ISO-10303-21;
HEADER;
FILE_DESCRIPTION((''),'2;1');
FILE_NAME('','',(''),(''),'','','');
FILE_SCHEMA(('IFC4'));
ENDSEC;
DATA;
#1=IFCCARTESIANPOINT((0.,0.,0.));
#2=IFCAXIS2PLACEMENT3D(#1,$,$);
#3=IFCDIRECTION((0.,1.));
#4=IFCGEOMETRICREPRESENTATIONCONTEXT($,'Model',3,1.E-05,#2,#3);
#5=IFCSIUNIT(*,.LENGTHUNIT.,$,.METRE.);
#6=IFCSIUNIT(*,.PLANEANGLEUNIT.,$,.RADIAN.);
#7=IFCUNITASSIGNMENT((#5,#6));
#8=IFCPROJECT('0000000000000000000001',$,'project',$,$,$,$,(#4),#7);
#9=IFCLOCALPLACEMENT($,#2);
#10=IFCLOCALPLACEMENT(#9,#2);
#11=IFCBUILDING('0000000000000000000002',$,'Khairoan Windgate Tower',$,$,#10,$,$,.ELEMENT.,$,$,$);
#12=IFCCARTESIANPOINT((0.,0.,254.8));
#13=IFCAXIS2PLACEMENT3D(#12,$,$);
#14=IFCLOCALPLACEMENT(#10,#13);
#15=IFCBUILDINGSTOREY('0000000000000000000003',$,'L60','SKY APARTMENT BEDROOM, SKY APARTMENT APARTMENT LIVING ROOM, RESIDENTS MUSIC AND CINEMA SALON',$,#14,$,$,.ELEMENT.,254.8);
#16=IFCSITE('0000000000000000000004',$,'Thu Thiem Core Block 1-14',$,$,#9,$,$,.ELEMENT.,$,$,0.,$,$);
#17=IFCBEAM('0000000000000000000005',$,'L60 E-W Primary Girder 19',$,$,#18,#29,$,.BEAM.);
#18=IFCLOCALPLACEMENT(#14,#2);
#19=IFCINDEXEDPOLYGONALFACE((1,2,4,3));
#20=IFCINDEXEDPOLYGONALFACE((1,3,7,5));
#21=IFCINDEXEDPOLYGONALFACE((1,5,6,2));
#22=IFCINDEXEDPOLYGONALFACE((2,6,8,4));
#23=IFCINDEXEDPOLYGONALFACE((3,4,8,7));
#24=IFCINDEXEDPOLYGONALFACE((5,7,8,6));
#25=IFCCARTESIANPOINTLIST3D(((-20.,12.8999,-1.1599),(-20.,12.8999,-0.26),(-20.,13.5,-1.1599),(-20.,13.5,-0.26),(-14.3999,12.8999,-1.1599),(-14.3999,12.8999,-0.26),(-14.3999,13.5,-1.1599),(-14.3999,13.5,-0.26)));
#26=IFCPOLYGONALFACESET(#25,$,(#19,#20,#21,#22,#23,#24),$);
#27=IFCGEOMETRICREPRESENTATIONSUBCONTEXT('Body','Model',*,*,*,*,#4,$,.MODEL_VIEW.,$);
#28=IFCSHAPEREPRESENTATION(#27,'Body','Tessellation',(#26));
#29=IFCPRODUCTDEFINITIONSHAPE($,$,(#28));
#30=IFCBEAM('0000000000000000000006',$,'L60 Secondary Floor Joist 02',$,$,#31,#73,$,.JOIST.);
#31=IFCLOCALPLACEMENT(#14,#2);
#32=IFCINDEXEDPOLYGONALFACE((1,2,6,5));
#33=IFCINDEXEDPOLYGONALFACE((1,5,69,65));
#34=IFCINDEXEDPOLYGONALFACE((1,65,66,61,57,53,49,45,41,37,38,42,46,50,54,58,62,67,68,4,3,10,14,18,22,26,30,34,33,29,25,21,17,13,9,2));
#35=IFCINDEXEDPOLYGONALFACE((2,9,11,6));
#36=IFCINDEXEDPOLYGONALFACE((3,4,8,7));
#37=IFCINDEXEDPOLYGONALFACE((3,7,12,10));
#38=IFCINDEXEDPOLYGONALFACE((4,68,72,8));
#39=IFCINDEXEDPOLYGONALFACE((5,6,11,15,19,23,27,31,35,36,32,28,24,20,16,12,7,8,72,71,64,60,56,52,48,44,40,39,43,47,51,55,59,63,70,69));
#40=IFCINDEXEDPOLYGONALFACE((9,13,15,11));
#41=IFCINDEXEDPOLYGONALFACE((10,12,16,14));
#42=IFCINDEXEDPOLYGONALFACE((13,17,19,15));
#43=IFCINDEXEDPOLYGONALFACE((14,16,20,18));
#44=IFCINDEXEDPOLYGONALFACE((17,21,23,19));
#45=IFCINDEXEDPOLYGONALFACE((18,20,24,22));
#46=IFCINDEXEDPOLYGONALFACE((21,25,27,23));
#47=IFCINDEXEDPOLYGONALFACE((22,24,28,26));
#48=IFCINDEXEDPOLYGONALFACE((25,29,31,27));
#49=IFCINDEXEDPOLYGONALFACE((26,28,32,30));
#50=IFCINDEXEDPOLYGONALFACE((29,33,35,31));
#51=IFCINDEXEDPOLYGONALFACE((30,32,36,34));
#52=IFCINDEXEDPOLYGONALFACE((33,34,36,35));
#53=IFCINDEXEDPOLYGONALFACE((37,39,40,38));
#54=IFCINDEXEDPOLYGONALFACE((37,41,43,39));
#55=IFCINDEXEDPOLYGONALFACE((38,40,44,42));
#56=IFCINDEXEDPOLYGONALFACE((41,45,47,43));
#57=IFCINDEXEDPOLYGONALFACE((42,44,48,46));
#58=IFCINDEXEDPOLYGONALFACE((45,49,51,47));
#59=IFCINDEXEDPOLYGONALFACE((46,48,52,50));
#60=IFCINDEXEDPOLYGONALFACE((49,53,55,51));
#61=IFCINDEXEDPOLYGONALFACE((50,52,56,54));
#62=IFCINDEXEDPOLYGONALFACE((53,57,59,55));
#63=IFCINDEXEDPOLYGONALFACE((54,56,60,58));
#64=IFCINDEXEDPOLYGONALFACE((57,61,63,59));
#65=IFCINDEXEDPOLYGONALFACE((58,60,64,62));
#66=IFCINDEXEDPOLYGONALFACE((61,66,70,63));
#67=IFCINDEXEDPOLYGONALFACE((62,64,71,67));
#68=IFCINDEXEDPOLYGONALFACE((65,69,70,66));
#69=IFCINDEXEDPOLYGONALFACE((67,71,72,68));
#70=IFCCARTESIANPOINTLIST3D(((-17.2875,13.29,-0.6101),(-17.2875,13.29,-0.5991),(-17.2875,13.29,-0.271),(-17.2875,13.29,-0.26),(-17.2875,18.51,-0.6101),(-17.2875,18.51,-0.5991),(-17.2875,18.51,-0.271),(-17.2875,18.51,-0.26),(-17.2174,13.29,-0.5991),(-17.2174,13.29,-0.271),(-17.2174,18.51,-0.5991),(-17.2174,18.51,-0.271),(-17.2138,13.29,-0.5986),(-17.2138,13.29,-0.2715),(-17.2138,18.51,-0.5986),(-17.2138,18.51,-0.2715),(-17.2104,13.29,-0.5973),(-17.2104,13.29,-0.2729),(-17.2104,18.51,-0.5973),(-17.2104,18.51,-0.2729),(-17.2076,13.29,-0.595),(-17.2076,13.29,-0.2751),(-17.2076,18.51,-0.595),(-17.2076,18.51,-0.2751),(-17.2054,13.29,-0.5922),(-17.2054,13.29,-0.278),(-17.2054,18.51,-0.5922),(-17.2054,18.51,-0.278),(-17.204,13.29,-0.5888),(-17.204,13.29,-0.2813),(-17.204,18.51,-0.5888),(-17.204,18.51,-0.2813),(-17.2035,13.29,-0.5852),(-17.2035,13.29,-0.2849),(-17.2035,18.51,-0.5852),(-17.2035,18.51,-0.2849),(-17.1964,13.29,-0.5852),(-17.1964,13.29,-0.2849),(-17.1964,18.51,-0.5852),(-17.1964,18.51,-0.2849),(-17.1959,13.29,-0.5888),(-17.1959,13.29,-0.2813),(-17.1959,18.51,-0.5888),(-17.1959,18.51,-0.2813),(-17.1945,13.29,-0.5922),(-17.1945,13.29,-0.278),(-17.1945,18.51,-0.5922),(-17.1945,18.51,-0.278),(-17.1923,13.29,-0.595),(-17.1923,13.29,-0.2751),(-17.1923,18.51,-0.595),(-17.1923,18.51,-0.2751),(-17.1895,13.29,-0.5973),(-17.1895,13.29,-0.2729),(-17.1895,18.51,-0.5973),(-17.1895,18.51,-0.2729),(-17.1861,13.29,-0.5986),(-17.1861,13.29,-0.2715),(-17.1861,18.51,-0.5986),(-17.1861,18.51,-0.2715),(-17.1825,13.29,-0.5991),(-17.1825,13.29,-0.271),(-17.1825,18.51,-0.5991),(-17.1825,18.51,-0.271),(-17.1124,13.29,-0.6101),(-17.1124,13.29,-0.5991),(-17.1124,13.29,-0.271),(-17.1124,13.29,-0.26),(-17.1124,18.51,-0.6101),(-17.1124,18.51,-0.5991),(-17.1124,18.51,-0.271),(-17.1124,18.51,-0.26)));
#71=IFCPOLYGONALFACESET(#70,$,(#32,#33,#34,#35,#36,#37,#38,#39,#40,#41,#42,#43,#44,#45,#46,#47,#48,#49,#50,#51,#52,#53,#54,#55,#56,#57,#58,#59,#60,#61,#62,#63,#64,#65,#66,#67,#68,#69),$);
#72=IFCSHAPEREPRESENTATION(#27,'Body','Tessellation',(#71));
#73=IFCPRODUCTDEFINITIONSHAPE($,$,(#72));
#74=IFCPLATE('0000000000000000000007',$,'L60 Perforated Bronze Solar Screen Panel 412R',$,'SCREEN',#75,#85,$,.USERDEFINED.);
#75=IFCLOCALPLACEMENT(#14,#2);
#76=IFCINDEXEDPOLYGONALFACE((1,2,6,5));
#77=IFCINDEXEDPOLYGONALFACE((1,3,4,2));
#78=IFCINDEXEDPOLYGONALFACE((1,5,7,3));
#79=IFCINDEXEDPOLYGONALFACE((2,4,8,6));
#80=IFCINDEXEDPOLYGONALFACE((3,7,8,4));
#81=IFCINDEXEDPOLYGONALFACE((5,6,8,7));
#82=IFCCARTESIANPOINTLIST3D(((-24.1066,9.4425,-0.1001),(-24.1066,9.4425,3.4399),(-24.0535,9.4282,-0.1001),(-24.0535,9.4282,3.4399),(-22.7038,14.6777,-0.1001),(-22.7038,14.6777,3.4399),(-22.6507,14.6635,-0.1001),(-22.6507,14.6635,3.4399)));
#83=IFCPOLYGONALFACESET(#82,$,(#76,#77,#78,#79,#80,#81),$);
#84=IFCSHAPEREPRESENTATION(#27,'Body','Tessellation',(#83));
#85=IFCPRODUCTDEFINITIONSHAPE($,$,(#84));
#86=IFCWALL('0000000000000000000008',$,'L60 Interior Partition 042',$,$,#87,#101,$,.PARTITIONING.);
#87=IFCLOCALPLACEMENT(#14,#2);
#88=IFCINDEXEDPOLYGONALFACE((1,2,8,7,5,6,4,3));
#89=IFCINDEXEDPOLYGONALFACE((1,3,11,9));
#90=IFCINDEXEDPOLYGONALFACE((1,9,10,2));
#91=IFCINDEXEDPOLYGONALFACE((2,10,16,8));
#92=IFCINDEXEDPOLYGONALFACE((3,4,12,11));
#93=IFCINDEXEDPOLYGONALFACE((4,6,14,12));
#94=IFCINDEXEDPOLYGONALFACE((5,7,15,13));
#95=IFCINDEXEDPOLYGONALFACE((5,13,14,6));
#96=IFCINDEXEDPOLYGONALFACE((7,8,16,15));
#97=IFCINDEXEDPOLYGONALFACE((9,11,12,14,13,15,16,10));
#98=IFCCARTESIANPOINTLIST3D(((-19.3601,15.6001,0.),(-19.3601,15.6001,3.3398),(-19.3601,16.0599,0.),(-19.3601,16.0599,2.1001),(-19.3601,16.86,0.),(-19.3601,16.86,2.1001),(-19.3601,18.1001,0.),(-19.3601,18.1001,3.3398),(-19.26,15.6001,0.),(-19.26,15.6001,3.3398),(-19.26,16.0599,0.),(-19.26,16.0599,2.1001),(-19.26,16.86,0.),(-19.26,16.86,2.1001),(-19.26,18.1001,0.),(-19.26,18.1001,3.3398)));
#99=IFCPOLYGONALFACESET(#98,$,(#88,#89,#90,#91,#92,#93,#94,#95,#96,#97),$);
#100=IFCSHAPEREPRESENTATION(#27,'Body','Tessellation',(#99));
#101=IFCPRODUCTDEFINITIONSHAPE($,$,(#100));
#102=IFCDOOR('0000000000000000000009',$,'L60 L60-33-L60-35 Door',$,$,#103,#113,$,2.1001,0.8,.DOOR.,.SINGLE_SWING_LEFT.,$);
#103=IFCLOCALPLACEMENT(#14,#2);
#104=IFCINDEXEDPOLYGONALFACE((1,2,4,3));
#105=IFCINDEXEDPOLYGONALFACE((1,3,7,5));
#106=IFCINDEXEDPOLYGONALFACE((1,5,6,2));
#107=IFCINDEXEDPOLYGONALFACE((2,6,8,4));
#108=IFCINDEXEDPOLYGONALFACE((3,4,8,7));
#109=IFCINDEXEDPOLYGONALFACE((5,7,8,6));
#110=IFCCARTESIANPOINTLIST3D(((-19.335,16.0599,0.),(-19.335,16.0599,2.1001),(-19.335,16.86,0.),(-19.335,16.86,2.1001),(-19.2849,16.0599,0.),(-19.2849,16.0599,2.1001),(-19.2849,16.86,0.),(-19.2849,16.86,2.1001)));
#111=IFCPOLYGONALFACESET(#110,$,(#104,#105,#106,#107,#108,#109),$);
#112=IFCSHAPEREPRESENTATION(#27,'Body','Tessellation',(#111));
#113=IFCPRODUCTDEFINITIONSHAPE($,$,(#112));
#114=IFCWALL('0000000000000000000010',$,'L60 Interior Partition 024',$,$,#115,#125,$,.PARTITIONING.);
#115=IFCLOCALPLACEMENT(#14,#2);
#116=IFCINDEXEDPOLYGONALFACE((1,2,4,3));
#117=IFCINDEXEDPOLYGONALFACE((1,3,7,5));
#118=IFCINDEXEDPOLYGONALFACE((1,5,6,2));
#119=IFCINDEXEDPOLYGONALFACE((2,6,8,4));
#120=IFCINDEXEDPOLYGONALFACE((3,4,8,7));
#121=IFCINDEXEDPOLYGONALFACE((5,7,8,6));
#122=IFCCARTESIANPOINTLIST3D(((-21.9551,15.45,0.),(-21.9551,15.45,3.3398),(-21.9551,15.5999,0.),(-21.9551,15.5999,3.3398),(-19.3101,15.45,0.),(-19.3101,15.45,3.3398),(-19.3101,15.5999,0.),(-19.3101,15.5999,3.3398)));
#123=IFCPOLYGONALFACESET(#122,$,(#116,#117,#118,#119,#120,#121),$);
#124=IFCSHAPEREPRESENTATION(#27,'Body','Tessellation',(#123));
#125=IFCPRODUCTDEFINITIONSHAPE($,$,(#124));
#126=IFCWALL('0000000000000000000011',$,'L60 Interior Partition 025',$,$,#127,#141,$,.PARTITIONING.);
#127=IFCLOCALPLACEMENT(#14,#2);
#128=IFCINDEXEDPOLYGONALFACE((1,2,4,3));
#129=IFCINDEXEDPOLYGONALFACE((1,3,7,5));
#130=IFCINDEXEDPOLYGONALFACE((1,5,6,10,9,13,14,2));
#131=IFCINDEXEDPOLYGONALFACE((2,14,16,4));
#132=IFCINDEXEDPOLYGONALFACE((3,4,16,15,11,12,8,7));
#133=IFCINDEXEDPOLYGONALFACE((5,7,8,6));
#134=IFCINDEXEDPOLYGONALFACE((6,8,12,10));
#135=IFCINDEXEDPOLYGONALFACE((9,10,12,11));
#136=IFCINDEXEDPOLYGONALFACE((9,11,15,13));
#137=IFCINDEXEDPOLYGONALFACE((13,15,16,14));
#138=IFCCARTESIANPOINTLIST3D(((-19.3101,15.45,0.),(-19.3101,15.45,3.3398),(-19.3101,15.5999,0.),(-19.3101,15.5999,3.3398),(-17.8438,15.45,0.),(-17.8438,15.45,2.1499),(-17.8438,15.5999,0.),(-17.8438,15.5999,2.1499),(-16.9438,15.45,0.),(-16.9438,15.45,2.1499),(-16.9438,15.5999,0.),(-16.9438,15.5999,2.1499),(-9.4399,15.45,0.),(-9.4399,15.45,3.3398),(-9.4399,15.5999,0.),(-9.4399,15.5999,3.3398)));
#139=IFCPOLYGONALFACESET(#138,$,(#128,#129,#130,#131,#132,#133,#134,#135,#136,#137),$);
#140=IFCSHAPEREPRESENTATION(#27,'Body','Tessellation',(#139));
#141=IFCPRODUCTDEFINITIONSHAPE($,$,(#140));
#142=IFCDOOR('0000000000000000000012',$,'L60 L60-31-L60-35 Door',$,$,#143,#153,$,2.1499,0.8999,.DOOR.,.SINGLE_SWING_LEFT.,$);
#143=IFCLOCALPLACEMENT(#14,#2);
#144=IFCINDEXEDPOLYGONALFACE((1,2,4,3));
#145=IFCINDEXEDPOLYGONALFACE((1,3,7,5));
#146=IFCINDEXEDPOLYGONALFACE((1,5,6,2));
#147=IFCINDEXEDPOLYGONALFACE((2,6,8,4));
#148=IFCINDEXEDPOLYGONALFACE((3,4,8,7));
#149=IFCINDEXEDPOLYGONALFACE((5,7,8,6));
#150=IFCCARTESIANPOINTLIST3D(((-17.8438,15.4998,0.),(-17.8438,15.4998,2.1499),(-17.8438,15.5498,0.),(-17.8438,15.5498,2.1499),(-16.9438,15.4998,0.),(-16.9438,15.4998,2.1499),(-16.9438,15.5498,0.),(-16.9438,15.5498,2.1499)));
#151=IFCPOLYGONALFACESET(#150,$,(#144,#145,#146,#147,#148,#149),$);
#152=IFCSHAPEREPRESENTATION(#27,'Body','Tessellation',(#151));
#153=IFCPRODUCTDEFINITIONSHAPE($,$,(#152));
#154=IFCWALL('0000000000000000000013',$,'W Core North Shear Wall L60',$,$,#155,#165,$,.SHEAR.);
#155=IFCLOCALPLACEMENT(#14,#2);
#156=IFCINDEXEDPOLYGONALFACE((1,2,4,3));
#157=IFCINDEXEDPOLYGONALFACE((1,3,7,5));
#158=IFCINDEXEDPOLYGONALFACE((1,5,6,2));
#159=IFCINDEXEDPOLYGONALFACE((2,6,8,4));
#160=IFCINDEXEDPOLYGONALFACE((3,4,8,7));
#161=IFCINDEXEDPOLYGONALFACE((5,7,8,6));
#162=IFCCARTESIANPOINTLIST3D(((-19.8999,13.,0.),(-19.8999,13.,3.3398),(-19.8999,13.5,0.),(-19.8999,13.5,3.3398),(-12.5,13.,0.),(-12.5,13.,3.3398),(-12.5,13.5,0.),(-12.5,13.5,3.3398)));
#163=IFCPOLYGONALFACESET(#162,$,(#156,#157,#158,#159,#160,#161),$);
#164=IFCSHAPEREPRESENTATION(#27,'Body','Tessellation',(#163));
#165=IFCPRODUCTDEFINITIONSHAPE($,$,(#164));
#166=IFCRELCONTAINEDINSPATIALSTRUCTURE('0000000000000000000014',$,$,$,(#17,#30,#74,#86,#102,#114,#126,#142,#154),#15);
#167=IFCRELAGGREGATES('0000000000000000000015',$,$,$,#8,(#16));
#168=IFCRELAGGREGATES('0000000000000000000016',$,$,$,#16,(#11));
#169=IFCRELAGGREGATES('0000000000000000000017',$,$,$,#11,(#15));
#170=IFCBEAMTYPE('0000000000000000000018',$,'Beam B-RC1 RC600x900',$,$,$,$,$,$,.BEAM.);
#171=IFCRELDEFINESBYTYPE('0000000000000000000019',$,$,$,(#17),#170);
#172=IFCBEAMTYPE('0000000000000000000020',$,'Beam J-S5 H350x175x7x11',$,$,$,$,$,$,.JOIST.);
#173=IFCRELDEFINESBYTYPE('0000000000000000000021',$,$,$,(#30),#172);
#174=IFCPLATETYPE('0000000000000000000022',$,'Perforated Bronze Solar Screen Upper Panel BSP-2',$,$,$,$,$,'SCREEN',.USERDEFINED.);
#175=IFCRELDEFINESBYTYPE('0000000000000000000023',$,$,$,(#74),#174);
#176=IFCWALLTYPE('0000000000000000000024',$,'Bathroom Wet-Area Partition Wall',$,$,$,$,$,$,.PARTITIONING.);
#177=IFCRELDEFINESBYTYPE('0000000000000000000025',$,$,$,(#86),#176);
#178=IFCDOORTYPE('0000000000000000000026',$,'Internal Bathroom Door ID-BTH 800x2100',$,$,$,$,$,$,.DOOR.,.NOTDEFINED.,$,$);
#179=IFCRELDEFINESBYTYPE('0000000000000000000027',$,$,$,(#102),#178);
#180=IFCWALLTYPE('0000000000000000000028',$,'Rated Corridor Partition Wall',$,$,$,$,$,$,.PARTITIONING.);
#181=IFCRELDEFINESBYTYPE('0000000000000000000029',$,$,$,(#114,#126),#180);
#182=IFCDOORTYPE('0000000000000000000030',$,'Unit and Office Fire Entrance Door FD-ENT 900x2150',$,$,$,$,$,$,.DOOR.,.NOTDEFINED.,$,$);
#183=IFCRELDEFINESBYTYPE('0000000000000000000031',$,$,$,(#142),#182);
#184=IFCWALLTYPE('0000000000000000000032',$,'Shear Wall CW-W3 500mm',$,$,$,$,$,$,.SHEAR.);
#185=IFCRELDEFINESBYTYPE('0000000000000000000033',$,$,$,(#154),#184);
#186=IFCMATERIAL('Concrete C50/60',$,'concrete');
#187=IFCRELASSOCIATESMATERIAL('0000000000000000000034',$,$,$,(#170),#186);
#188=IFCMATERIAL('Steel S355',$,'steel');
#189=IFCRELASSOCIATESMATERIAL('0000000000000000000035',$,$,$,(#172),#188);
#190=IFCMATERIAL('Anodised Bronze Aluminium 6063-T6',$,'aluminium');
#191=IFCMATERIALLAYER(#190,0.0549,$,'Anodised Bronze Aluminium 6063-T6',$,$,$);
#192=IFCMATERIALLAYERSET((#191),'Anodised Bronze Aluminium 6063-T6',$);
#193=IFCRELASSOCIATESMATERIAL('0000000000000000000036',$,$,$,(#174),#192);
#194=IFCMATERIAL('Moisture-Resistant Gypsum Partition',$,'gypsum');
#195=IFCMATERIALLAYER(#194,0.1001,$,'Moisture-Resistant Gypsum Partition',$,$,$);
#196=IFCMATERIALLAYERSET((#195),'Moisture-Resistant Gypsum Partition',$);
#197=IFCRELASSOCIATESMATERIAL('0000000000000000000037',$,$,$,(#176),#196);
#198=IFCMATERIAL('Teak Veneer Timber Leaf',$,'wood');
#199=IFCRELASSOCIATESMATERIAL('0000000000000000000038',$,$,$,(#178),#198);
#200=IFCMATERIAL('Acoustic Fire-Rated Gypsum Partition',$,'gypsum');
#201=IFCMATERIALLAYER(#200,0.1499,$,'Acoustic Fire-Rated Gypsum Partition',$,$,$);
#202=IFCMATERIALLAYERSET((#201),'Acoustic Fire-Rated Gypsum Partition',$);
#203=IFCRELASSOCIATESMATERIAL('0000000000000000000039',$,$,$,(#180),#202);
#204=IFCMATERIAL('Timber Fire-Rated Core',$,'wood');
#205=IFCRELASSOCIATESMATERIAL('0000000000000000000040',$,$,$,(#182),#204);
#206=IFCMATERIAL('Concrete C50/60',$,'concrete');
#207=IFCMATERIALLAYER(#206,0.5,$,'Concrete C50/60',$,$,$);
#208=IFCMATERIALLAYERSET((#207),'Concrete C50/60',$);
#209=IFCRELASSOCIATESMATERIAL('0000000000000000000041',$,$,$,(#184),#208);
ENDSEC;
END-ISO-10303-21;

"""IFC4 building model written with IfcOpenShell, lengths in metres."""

from ifc_helpers import new_model, si_unit, direction, frame, frame_2d, origin, origin_2d, place, context, subcontext, project, spatial, rectangle, i_section, extrude, material, layer, layer_set, material_profile, profile_set, type_object, element, fill, save


model = new_model("IFC4")

# Units and contexts
model_context = context("Model", 3, precision=1e-05, world=origin(), true_north=direction((0.0, 1.0)))
body_context = subcontext(model_context, "Body", "Model", "MODEL_VIEW")
ifc_project = project(units=[si_unit("LENGTHUNIT", "METRE"), si_unit("PLANEANGLEUNIT", "RADIAN")], contexts=[model_context])

# Site, building, storey
site_placement = place(None, origin())
site = spatial("IfcSite", under=ifc_project, at=site_placement, Name="Thu Thiem Core Block 1-14", CompositionType="ELEMENT", RefElevation=0.0)
building_placement = place(site_placement, origin())
building = spatial("IfcBuilding", under=site, at=building_placement, Name="Khairoan Windgate Tower", CompositionType="ELEMENT")
storey_placement = place(building_placement, frame((0.0, 0.0, 254.8)))
storey = spatial("IfcBuildingStorey", under=building, at=storey_placement, Name="L60", Description="SKY APARTMENT BEDROOM, SKY APARTMENT APARTMENT LIVING ROOM, RESIDENTS MUSIC AND CINEMA SALON", CompositionType="ELEMENT", Elevation=254.8)

# Beams
ifc_material_1 = material(Name="Concrete C50/60", Category="concrete")
ifc_material_profile_1 = material_profile(ifc_material_1, rectangle(XDim=0.6001, YDim=0.8999, at=origin_2d()))
ifc_profile_set_1 = profile_set([ifc_material_profile_1], Name="Concrete C50/60")
beam_type_1 = type_object("IfcBeamType", Name="Beam B-RC1 RC600x900", PredefinedType="BEAM", material=ifc_profile_set_1)
beam_1_placement = place(storey_placement, frame((-20.0, 13.2, -0.71), z_axis=(1.0, 0.0, 0.0), x_axis=(0.0, 1.0, 0.0)))
element("IfcBeam", 1, at=beam_1_placement, inside=storey, type_object=beam_type_1, Name="L60 E-W Primary Girder 19", PredefinedType="BEAM", context=body_context, shape_type="SweptSolid", body=[
    extrude(rectangle(XDim=0.6001, YDim=0.8999, at=origin_2d()), origin(), (0.0, 0.0, 1.0), 5.6001),
])
ifc_material_2 = material(Name="Steel S355", Category="steel")
ifc_material_profile_2 = material_profile(ifc_material_2, i_section(OverallWidth=0.175, OverallDepth=0.3501, WebThickness=0.0071, FlangeThickness=0.011, FilletRadius=0.0139, at=origin_2d()))
ifc_profile_set_2 = profile_set([ifc_material_profile_2], Name="Steel S355")
beam_type_2 = type_object("IfcBeamType", Name="Beam J-S5 H350x175x7x11", PredefinedType="JOIST", material=ifc_profile_set_2)
beam_2_placement = place(storey_placement, frame((-17.2, 13.29, -0.4351), z_axis=(0.0, 1.0, 0.0), x_axis=(-1.0, 0.0, 0.0)))
element("IfcBeam", 2, at=beam_2_placement, inside=storey, type_object=beam_type_2, Name="L60 Secondary Floor Joist 02", PredefinedType="JOIST", context=body_context, shape_type="SweptSolid", body=[
    extrude(i_section(OverallWidth=0.175, OverallDepth=0.3501, WebThickness=0.0071, FlangeThickness=0.011, FilletRadius=0.0139, at=origin_2d()), origin(), (0.0, 0.0, 1.0), 5.22),
])

# Plate
ifc_material_3 = material(Name="Anodised Bronze Aluminium 6063-T6", Category="aluminium")
ifc_layer_1 = layer(ifc_material_3, 0.0549, Name="Anodised Bronze Aluminium 6063-T6")
ifc_layer_set_1 = layer_set([ifc_layer_1], Name="Anodised Bronze Aluminium 6063-T6")
plate_type = type_object("IfcPlateType", Name="Perforated Bronze Solar Screen Upper Panel BSP-2", ElementType="SCREEN", PredefinedType="USERDEFINED", material=ifc_layer_set_1)
plate_placement = place(storey_placement, frame((-23.3787, 12.053, -0.1001), z_axis=(0.0, 0.0, 1.0), x_axis=(0.258819, 0.965926, 0.0)))
element("IfcPlate", 3, at=plate_placement, inside=storey, type_object=plate_type, Name="L60 Perforated Bronze Solar Screen Panel 412R", ObjectType="SCREEN", PredefinedType="USERDEFINED", context=body_context, shape_type="SweptSolid", body=[
    extrude(rectangle(XDim=5.4199, YDim=0.0549, at=origin_2d()), origin(), (0.0, 0.0, 1.0), 3.54),
])

# Wall, opening, door
ifc_material_4 = material(Name="Moisture-Resistant Gypsum Partition", Category="gypsum")
ifc_layer_2 = layer(ifc_material_4, 0.1001, Name="Moisture-Resistant Gypsum Partition")
ifc_layer_set_2 = layer_set([ifc_layer_2], Name="Moisture-Resistant Gypsum Partition")
wall_type_1 = type_object("IfcWallType", Name="Bathroom Wet-Area Partition Wall", PredefinedType="PARTITIONING", material=ifc_layer_set_2)
wall_1_placement = place(storey_placement, frame((-19.3101, 15.6001, 0.0), z_axis=(0.0, 0.0, 1.0), x_axis=(0.0, 1.0, 0.0)))
wall_1 = element("IfcWall", 4, at=wall_1_placement, inside=storey, type_object=wall_type_1, Name="L60 Interior Partition 042", PredefinedType="PARTITIONING", context=body_context, shape_type="SweptSolid", body=[
    extrude(rectangle(XDim=2.5, YDim=0.1001, at=frame_2d((1.25, 0.0))), origin(), (0.0, 0.0, 1.0), 3.3398),
])
opening_1_placement = place(wall_1_placement, frame((0.46, 0.0, 0.0)))
opening_1 = element("IfcOpeningElement", 5, at=opening_1_placement, cuts=wall_1, PredefinedType="OPENING", context=body_context, shape_type="SweptSolid", body=[
    extrude(rectangle(XDim=0.8, YDim=2.1001, at=frame_2d((0.3999, 1.05))), frame((0.0, 0.0601, 0.0), z_axis=(0.0, -1.0, 0.0), x_axis=(1.0, 0.0, 0.0)), (0.0, 0.0, 1.0), 0.1201),
])
ifc_material_5 = material(Name="Teak Veneer Timber Leaf", Category="wood")
door_type_1 = type_object("IfcDoorType", Name="Internal Bathroom Door ID-BTH 800x2100", OperationType="NOTDEFINED", PredefinedType="DOOR", material=ifc_material_5)
door_1_placement = place(opening_1_placement, origin())
door_1 = element("IfcDoor", 6, at=door_1_placement, inside=storey, type_object=door_type_1, Name="L60 L60-33-L60-35 Door", OperationType="SINGLE_SWING_LEFT", OverallHeight=2.1001, OverallWidth=0.8, PredefinedType="DOOR", context=body_context, shape_type="SweptSolid", body=[
    extrude(rectangle(XDim=0.8, YDim=2.1001, at=frame_2d((0.3999, 1.05))), frame((0.0, 0.0249, 0.0), z_axis=(0.0, -1.0, 0.0), x_axis=(1.0, 0.0, 0.0)), (0.0, 0.0, 1.0), 0.05),
])
fill(opening_1, door_1)

# Wall
ifc_material_6 = material(Name="Acoustic Fire-Rated Gypsum Partition", Category="gypsum")
ifc_layer_3 = layer(ifc_material_6, 0.1499, Name="Acoustic Fire-Rated Gypsum Partition")
ifc_layer_set_3 = layer_set([ifc_layer_3], Name="Acoustic Fire-Rated Gypsum Partition")
wall_type_2 = type_object("IfcWallType", Name="Rated Corridor Partition Wall", PredefinedType="PARTITIONING", material=ifc_layer_set_3)
wall_2_placement = place(storey_placement, frame((-21.9551, 15.5249, 0.0), z_axis=(0.0, 0.0, 1.0), x_axis=(1.0, 0.0, 0.0)))
element("IfcWall", 7, at=wall_2_placement, inside=storey, type_object=wall_type_2, Name="L60 Interior Partition 024", PredefinedType="PARTITIONING", context=body_context, shape_type="SweptSolid", body=[
    extrude(rectangle(XDim=2.645, YDim=0.1499, at=frame_2d((1.3225, 0.0))), origin(), (0.0, 0.0, 1.0), 3.3398),
])

# Wall, opening, door
wall_3_placement = place(storey_placement, frame((-19.3101, 15.5249, 0.0), z_axis=(0.0, 0.0, 1.0), x_axis=(1.0, 0.0, 0.0)))
wall_3 = element("IfcWall", 8, at=wall_3_placement, inside=storey, type_object=wall_type_2, Name="L60 Interior Partition 025", PredefinedType="PARTITIONING", context=body_context, shape_type="SweptSolid", body=[
    extrude(rectangle(XDim=9.8701, YDim=0.1499, at=frame_2d((4.9351, 0.0))), origin(), (0.0, 0.0, 1.0), 3.3398),
])
opening_2_placement = place(wall_3_placement, frame((1.4663, 0.0, 0.0)))
opening_2 = element("IfcOpeningElement", 9, at=opening_2_placement, cuts=wall_3, PredefinedType="OPENING", context=body_context, shape_type="SweptSolid", body=[
    extrude(rectangle(XDim=0.8999, YDim=2.1499, at=frame_2d((0.45, 1.075))), frame((0.0, 0.085, 0.0), z_axis=(0.0, -1.0, 0.0), x_axis=(1.0, 0.0, 0.0)), (0.0, 0.0, 1.0), 0.1699),
])
ifc_material_7 = material(Name="Timber Fire-Rated Core", Category="wood")
door_type_2 = type_object("IfcDoorType", Name="Unit and Office Fire Entrance Door FD-ENT 900x2150", OperationType="NOTDEFINED", PredefinedType="DOOR", material=ifc_material_7)
door_2_placement = place(opening_2_placement, origin())
door_2 = element("IfcDoor", 10, at=door_2_placement, inside=storey, type_object=door_type_2, Name="L60 L60-31-L60-35 Door", OperationType="SINGLE_SWING_LEFT", OverallHeight=2.1499, OverallWidth=0.8999, PredefinedType="DOOR", context=body_context, shape_type="SweptSolid", body=[
    extrude(rectangle(XDim=0.8999, YDim=2.1499, at=frame_2d((0.45, 1.075))), frame((0.0, 0.0249, 0.0), z_axis=(0.0, -1.0, 0.0), x_axis=(1.0, 0.0, 0.0)), (0.0, 0.0, 1.0), 0.05),
])
fill(opening_2, door_2)

# Wall
ifc_material_8 = material(Name="Concrete C50/60", Category="concrete")
ifc_layer_4 = layer(ifc_material_8, 0.5, Name="Concrete C50/60")
ifc_layer_set_4 = layer_set([ifc_layer_4], Name="Concrete C50/60")
wall_type_3 = type_object("IfcWallType", Name="Shear Wall CW-W3 500mm", PredefinedType="SHEAR", material=ifc_layer_set_4)
wall_4_placement = place(storey_placement, frame((-19.8999, 13.25, 0.0), z_axis=(0.0, 0.0, 1.0), x_axis=(1.0, 0.0, 0.0)))
element("IfcWall", 11, at=wall_4_placement, inside=storey, type_object=wall_type_3, Name="W Core North Shear Wall L60", PredefinedType="SHEAR", context=body_context, shape_type="SweptSolid", body=[
    extrude(rectangle(XDim=7.3999, YDim=0.5, at=frame_2d((3.7, 0.0))), origin(), (0.0, 0.0, 1.0), 3.3398),
])

save(model, "model.ifc")
